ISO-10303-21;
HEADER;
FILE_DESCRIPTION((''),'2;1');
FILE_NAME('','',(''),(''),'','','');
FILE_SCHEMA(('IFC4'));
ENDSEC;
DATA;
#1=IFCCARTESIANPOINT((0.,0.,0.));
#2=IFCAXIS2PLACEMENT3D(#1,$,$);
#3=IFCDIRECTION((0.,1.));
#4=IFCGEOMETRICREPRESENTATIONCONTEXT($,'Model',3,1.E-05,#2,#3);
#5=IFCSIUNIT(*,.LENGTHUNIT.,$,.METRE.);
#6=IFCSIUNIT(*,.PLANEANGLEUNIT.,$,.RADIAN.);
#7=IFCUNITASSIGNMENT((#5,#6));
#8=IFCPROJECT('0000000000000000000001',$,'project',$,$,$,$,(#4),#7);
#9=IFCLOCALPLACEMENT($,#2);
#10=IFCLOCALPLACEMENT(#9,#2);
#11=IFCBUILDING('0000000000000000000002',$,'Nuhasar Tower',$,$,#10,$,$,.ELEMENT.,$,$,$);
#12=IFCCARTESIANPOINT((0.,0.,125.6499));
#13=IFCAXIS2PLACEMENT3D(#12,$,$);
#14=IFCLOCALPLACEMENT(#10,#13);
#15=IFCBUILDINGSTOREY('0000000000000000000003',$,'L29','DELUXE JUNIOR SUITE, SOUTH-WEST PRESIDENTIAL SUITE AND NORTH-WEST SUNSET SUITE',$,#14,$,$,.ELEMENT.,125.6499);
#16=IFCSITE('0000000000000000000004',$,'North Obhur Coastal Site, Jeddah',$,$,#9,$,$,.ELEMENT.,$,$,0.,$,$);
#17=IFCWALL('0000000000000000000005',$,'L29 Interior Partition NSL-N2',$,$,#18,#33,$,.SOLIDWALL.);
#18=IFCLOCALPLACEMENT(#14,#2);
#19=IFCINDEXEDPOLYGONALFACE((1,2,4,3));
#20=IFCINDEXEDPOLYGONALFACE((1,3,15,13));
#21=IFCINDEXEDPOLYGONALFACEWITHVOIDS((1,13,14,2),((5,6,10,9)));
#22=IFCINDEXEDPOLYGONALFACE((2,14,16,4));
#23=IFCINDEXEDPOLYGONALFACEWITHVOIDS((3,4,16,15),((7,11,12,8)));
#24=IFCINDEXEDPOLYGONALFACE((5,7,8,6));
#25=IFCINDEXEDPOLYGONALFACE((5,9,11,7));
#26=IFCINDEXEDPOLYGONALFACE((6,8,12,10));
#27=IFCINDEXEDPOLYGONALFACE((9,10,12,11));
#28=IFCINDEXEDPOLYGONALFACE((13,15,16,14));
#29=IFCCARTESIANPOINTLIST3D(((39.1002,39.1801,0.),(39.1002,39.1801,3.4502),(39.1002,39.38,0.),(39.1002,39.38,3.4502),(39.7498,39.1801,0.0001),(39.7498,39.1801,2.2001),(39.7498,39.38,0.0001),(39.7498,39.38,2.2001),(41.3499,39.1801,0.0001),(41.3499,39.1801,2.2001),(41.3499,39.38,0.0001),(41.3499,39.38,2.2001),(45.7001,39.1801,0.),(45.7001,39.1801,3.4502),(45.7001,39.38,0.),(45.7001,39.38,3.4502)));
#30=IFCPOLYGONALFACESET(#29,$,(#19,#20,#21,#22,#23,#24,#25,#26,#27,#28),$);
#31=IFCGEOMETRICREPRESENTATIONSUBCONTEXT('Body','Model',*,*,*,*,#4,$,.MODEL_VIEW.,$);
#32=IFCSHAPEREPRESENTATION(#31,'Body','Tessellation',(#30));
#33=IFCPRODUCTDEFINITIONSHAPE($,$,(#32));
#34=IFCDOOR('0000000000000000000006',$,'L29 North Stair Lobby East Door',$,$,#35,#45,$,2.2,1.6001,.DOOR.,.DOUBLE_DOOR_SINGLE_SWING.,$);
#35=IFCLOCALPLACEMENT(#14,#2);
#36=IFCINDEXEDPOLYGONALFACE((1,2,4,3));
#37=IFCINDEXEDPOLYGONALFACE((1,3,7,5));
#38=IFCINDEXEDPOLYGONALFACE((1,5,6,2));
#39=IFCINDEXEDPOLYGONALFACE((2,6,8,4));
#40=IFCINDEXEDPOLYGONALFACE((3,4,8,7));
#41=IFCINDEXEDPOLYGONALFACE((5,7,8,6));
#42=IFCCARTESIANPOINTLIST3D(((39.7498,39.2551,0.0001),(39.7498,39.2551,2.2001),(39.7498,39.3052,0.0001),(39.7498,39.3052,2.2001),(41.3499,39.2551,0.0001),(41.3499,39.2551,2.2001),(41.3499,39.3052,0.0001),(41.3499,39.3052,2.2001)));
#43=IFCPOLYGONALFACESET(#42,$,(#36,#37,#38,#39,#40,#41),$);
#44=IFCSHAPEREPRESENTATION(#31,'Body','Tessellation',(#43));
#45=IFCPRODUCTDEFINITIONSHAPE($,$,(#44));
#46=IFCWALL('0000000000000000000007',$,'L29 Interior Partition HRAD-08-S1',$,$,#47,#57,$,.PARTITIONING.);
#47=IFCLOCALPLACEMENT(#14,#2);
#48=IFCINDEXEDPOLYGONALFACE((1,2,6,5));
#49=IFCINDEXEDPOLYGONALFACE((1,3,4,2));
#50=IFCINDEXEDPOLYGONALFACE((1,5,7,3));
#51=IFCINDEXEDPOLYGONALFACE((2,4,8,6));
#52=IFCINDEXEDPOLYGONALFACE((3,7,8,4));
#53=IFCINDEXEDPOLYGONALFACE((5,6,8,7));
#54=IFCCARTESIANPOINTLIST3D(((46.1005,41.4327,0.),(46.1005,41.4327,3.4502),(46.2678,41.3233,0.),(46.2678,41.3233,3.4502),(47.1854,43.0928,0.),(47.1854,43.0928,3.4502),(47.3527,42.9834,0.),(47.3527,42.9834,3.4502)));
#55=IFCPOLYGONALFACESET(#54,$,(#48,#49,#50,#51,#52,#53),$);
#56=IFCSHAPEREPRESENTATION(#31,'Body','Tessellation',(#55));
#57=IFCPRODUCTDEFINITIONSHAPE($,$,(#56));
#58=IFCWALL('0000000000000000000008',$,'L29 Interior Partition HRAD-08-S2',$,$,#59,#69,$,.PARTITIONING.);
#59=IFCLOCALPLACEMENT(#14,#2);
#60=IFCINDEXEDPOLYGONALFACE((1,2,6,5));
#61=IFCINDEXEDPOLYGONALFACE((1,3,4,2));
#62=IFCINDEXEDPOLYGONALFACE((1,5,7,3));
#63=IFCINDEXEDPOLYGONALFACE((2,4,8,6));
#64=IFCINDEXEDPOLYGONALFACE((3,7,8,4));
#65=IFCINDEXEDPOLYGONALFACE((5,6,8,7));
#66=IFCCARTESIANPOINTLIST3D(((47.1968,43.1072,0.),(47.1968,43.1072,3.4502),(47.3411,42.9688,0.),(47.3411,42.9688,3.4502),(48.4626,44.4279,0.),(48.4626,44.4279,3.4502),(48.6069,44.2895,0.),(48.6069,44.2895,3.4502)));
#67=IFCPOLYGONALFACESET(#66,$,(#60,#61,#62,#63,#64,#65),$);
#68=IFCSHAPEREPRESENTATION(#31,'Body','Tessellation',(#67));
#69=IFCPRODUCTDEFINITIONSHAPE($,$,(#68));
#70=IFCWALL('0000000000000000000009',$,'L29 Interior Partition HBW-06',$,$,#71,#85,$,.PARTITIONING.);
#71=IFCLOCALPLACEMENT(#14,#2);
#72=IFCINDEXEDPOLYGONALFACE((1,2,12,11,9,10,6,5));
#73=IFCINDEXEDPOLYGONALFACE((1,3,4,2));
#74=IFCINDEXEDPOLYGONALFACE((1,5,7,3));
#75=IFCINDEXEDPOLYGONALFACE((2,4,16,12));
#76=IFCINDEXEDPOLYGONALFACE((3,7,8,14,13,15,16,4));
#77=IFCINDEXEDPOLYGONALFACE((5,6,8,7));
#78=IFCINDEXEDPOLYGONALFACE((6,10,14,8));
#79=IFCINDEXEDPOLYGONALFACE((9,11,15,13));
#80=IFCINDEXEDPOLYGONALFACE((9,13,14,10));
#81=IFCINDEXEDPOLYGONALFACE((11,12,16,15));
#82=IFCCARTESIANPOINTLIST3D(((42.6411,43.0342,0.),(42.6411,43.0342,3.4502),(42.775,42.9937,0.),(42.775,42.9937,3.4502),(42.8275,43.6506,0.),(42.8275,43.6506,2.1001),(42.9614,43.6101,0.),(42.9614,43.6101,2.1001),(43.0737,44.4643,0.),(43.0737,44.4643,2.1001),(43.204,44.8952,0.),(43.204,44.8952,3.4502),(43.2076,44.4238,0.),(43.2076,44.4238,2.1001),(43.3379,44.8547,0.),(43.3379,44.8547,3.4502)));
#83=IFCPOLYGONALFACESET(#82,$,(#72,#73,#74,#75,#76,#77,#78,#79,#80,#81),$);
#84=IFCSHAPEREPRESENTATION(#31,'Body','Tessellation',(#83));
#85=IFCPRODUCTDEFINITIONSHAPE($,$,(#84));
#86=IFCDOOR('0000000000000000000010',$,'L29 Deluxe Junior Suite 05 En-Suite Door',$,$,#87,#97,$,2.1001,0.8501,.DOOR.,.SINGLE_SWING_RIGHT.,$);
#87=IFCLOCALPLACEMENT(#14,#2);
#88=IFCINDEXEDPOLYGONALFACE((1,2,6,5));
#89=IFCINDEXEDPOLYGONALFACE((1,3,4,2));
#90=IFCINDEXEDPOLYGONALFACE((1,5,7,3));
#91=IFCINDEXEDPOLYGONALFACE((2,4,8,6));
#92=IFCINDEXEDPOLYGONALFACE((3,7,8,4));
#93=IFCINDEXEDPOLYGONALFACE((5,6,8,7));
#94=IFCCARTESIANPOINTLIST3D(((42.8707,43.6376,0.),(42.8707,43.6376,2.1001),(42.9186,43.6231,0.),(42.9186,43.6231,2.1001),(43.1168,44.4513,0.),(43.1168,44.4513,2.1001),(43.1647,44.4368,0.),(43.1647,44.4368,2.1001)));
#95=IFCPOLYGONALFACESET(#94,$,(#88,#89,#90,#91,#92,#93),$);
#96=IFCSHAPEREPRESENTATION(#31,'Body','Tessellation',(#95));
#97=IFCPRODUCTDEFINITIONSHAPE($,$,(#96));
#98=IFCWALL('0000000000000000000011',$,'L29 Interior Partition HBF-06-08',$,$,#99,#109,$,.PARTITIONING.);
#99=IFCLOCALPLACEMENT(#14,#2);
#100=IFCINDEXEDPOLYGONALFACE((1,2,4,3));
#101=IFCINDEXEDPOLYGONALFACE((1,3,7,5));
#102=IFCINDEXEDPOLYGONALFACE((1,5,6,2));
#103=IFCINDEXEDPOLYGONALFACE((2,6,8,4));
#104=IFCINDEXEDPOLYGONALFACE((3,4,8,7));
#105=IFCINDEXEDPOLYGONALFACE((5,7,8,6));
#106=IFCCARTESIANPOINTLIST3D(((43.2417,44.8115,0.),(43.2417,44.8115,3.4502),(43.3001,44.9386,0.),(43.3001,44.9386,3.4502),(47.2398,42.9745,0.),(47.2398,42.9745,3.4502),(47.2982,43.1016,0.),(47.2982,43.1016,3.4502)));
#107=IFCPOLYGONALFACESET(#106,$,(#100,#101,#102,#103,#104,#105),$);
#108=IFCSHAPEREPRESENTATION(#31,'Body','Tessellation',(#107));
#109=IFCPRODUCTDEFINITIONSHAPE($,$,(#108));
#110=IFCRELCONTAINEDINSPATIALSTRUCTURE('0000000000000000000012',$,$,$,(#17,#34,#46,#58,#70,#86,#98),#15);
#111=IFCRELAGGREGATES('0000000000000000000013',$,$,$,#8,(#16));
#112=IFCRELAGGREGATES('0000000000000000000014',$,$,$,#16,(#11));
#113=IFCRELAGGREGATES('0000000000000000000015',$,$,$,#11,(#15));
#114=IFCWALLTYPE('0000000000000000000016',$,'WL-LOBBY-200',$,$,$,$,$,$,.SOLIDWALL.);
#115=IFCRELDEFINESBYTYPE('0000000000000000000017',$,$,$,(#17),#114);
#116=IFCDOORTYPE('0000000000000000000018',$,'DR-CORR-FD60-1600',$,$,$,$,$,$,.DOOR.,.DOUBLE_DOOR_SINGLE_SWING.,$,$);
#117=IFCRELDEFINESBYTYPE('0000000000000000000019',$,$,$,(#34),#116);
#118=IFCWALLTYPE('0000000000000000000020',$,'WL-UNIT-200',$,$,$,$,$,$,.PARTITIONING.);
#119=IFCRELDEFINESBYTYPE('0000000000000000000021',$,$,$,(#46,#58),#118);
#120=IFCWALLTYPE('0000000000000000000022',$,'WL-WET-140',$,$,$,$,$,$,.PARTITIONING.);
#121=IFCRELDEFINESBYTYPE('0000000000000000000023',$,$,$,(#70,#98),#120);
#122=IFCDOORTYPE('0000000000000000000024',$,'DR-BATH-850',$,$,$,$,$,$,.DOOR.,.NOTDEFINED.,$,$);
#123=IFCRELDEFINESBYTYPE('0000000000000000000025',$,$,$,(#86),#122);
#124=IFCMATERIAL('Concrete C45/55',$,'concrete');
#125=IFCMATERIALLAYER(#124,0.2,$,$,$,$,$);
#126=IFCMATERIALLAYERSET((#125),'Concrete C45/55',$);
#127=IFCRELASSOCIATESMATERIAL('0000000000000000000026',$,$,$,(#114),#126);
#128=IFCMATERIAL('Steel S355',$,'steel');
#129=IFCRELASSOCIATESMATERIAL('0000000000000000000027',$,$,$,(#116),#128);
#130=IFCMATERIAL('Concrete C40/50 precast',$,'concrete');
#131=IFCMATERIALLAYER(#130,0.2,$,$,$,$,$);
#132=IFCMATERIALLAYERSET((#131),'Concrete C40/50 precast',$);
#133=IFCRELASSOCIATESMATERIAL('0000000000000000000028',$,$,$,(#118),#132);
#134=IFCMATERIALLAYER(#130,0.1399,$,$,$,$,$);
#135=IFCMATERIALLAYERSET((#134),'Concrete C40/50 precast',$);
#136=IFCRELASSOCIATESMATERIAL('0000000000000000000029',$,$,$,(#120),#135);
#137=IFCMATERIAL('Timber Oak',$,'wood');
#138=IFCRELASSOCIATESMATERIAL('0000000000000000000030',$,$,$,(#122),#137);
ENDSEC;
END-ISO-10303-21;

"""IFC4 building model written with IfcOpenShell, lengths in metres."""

from ifc_helpers import new_model, si_unit, direction, frame, frame_2d, origin, place, context, subcontext, project, spatial, rectangle, extrude, material, layer, layer_set, type_object, element, fill, save


model = new_model("IFC4")

# Units and contexts
model_context = context("Model", 3, precision=1e-05, world=origin(), true_north=direction((0.0, 1.0)))
body_context = subcontext(model_context, "Body", "Model", "MODEL_VIEW")
ifc_project = project(units=[si_unit("LENGTHUNIT", "METRE"), si_unit("PLANEANGLEUNIT", "RADIAN")], contexts=[model_context])

# Site, building, storey
site_placement = place(None, origin())
site = spatial("IfcSite", under=ifc_project, at=site_placement, Name="North Obhur Coastal Site, Jeddah", CompositionType="ELEMENT", RefElevation=0.0)
building_placement = place(site_placement, origin())
building = spatial("IfcBuilding", under=site, at=building_placement, Name="Nuhasar Tower", CompositionType="ELEMENT")
storey_placement = place(building_placement, frame((0.0, 0.0, 125.6499)))
storey = spatial("IfcBuildingStorey", under=building, at=storey_placement, Name="L29", Description="DELUXE JUNIOR SUITE, SOUTH-WEST PRESIDENTIAL SUITE AND NORTH-WEST SUNSET SUITE", CompositionType="ELEMENT", Elevation=125.6499)

# Shared definitions
ifc_material_1 = material(Name="Steel S355", Category="steel")

# Shared definitions
ifc_material_2 = material(Name="Timber Oak", Category="wood")

# Shared definitions
ifc_material_3 = material(Name="Concrete C45/55", Category="concrete")
ifc_layer_1 = layer(ifc_material_3, 0.2)
ifc_layer_set_1 = layer_set([ifc_layer_1], Name="Concrete C45/55")
wall_type_1 = type_object("IfcWallType", Name="WL-LOBBY-200", PredefinedType="SOLIDWALL", material=ifc_layer_set_1)

# Wall, opening, door
wall_1_placement = place(storey_placement, frame((45.7, 39.28, 0.0), z_axis=(0.0, 0.0, 1.0), x_axis=(-1.0, 0.0, 0.0)))
wall_1 = element("IfcWall", 1, at=wall_1_placement, inside=storey, type_object=wall_type_1, Name="L29 Interior Partition NSL-N2", PredefinedType="SOLIDWALL", context=body_context, shape_type="SweptSolid", body=[
    extrude(rectangle(XDim=6.5999, YDim=0.2, at=frame_2d((3.2998, 0.0))), origin(), (0.0, 0.0, 1.0), 3.4502),
])
opening_1_placement = place(wall_1_placement, frame((4.3501, 0.0, 0.0)))
opening_1 = element("IfcOpeningElement", 2, at=opening_1_placement, cuts=wall_1, PredefinedType="OPENING", context=body_context, shape_type="SweptSolid", body=[
    extrude(rectangle(XDim=1.6001, YDim=2.2, at=frame_2d((0.8, 1.1001))), frame((0.0, 0.1099, 0.0), z_axis=(0.0, -1.0, 0.0), x_axis=(1.0, 0.0, 0.0)), (0.0, 0.0, 1.0), 0.22),
])
door_type_1 = type_object("IfcDoorType", Name="DR-CORR-FD60-1600", OperationType="DOUBLE_DOOR_SINGLE_SWING", PredefinedType="DOOR", material=ifc_material_1)
door_1_placement = place(opening_1_placement, origin())
door_1 = element("IfcDoor", 3, at=door_1_placement, inside=storey, type_object=door_type_1, Name="L29 North Stair Lobby East Door", OperationType="DOUBLE_DOOR_SINGLE_SWING", OverallHeight=2.2, OverallWidth=1.6001, PredefinedType="DOOR", context=body_context, shape_type="SweptSolid", body=[
    extrude(rectangle(XDim=1.6001, YDim=2.2, at=frame_2d((0.8, 1.1001))), frame((0.0, 0.0249, 0.0), z_axis=(0.0, -1.0, 0.0), x_axis=(1.0, 0.0, 0.0)), (0.0, 0.0, 1.0), 0.05),
])
fill(opening_1, door_1)

# Walls
ifc_material_4 = material(Name="Concrete C40/50 precast", Category="concrete")
ifc_layer_2 = layer(ifc_material_4, 0.2)
ifc_layer_set_2 = layer_set([ifc_layer_2], Name="Concrete C40/50 precast")
wall_type_2 = type_object("IfcWallType", Name="WL-UNIT-200", PredefinedType="PARTITIONING", material=ifc_layer_set_2)
wall_2_placement = place(storey_placement, frame((46.1841, 41.3779, 0.0), z_axis=(0.0, 0.0, 1.0), x_axis=(0.547064, 0.837091, 0.0)))
element("IfcWall", 4, at=wall_2_placement, inside=storey, type_object=wall_type_2, Name="L29 Interior Partition HRAD-08-S1", PredefinedType="PARTITIONING", context=body_context, shape_type="SweptSolid", body=[
    extrude(rectangle(XDim=1.9832, YDim=0.2, at=frame_2d((0.9917, 0.0))), origin(), (0.0, 0.0, 1.0), 3.4502),
])
wall_3_placement = place(storey_placement, frame((47.269, 43.0381, 0.0), z_axis=(0.0, 0.0, 1.0), x_axis=(0.691934, 0.72196, 0.0)))
element("IfcWall", 5, at=wall_3_placement, inside=storey, type_object=wall_type_2, Name="L29 Interior Partition HRAD-08-S2", PredefinedType="PARTITIONING", context=body_context, shape_type="SweptSolid", body=[
    extrude(rectangle(XDim=1.8293, YDim=0.2, at=frame_2d((0.9146, 0.0))), origin(), (0.0, 0.0, 1.0), 3.4502),
])

# Wall, opening, door
ifc_layer_3 = layer(ifc_material_4, 0.1399)
ifc_layer_set_3 = layer_set([ifc_layer_3], Name="Concrete C40/50 precast")
wall_type_3 = type_object("IfcWallType", Name="WL-WET-140", PredefinedType="PARTITIONING", material=ifc_layer_set_3)
wall_4_placement = place(storey_placement, frame((42.708, 43.0139, 0.0), z_axis=(0.0, 0.0, 1.0), x_axis=(0.289547, 0.957164, 0.0)))
wall_4 = element("IfcWall", 6, at=wall_4_placement, inside=storey, type_object=wall_type_3, Name="L29 Interior Partition HBW-06", PredefinedType="PARTITIONING", context=body_context, shape_type="SweptSolid", body=[
    extrude(rectangle(XDim=1.9443, YDim=0.1399, at=frame_2d((0.9722, 0.0))), origin(), (0.0, 0.0, 1.0), 3.4502),
])
opening_2_placement = place(wall_4_placement, frame((0.644, 0.0, 0.0)))
opening_2 = element("IfcOpeningElement", 7, at=opening_2_placement, cuts=wall_4, PredefinedType="OPENING", context=body_context, shape_type="SweptSolid", body=[
    extrude(rectangle(XDim=0.8501, YDim=2.1001, at=frame_2d((0.425, 1.05))), frame((0.0, 0.0801, 0.0), z_axis=(0.0, -1.0, 0.0), x_axis=(1.0, 0.0, 0.0)), (0.0, 0.0, 1.0), 0.1599),
])
door_type_2 = type_object("IfcDoorType", Name="DR-BATH-850", OperationType="NOTDEFINED", PredefinedType="DOOR", material=ifc_material_2)
door_2_placement = place(opening_2_placement, origin())
door_2 = element("IfcDoor", 8, at=door_2_placement, inside=storey, type_object=door_type_2, Name="L29 Deluxe Junior Suite 05 En-Suite Door", OperationType="SINGLE_SWING_RIGHT", OverallHeight=2.1001, OverallWidth=0.8501, PredefinedType="DOOR", context=body_context, shape_type="SweptSolid", body=[
    extrude(rectangle(XDim=0.8501, YDim=2.1001, at=frame_2d((0.425, 1.05))), frame((0.0, 0.0249, 0.0), z_axis=(0.0, -1.0, 0.0), x_axis=(1.0, 0.0, 0.0)), (0.0, 0.0, 1.0), 0.05),
])
fill(opening_2, door_2)

# Wall
wall_5_placement = place(storey_placement, frame((47.269, 43.0381, 0.0), z_axis=(0.0, 0.0, 1.0), x_axis=(-0.908679, 0.417495, 0.0)))
element("IfcWall", 9, at=wall_5_placement, inside=storey, type_object=wall_type_3, Name="L29 Interior Partition HBF-06-08", PredefinedType="PARTITIONING", context=body_context, shape_type="SweptSolid", body=[
    extrude(rectangle(XDim=4.3999, YDim=0.1399, at=frame_2d((2.2, 0.0))), origin(), (0.0, 0.0, 1.0), 3.4502),
])

save(model, "model.ifc")
